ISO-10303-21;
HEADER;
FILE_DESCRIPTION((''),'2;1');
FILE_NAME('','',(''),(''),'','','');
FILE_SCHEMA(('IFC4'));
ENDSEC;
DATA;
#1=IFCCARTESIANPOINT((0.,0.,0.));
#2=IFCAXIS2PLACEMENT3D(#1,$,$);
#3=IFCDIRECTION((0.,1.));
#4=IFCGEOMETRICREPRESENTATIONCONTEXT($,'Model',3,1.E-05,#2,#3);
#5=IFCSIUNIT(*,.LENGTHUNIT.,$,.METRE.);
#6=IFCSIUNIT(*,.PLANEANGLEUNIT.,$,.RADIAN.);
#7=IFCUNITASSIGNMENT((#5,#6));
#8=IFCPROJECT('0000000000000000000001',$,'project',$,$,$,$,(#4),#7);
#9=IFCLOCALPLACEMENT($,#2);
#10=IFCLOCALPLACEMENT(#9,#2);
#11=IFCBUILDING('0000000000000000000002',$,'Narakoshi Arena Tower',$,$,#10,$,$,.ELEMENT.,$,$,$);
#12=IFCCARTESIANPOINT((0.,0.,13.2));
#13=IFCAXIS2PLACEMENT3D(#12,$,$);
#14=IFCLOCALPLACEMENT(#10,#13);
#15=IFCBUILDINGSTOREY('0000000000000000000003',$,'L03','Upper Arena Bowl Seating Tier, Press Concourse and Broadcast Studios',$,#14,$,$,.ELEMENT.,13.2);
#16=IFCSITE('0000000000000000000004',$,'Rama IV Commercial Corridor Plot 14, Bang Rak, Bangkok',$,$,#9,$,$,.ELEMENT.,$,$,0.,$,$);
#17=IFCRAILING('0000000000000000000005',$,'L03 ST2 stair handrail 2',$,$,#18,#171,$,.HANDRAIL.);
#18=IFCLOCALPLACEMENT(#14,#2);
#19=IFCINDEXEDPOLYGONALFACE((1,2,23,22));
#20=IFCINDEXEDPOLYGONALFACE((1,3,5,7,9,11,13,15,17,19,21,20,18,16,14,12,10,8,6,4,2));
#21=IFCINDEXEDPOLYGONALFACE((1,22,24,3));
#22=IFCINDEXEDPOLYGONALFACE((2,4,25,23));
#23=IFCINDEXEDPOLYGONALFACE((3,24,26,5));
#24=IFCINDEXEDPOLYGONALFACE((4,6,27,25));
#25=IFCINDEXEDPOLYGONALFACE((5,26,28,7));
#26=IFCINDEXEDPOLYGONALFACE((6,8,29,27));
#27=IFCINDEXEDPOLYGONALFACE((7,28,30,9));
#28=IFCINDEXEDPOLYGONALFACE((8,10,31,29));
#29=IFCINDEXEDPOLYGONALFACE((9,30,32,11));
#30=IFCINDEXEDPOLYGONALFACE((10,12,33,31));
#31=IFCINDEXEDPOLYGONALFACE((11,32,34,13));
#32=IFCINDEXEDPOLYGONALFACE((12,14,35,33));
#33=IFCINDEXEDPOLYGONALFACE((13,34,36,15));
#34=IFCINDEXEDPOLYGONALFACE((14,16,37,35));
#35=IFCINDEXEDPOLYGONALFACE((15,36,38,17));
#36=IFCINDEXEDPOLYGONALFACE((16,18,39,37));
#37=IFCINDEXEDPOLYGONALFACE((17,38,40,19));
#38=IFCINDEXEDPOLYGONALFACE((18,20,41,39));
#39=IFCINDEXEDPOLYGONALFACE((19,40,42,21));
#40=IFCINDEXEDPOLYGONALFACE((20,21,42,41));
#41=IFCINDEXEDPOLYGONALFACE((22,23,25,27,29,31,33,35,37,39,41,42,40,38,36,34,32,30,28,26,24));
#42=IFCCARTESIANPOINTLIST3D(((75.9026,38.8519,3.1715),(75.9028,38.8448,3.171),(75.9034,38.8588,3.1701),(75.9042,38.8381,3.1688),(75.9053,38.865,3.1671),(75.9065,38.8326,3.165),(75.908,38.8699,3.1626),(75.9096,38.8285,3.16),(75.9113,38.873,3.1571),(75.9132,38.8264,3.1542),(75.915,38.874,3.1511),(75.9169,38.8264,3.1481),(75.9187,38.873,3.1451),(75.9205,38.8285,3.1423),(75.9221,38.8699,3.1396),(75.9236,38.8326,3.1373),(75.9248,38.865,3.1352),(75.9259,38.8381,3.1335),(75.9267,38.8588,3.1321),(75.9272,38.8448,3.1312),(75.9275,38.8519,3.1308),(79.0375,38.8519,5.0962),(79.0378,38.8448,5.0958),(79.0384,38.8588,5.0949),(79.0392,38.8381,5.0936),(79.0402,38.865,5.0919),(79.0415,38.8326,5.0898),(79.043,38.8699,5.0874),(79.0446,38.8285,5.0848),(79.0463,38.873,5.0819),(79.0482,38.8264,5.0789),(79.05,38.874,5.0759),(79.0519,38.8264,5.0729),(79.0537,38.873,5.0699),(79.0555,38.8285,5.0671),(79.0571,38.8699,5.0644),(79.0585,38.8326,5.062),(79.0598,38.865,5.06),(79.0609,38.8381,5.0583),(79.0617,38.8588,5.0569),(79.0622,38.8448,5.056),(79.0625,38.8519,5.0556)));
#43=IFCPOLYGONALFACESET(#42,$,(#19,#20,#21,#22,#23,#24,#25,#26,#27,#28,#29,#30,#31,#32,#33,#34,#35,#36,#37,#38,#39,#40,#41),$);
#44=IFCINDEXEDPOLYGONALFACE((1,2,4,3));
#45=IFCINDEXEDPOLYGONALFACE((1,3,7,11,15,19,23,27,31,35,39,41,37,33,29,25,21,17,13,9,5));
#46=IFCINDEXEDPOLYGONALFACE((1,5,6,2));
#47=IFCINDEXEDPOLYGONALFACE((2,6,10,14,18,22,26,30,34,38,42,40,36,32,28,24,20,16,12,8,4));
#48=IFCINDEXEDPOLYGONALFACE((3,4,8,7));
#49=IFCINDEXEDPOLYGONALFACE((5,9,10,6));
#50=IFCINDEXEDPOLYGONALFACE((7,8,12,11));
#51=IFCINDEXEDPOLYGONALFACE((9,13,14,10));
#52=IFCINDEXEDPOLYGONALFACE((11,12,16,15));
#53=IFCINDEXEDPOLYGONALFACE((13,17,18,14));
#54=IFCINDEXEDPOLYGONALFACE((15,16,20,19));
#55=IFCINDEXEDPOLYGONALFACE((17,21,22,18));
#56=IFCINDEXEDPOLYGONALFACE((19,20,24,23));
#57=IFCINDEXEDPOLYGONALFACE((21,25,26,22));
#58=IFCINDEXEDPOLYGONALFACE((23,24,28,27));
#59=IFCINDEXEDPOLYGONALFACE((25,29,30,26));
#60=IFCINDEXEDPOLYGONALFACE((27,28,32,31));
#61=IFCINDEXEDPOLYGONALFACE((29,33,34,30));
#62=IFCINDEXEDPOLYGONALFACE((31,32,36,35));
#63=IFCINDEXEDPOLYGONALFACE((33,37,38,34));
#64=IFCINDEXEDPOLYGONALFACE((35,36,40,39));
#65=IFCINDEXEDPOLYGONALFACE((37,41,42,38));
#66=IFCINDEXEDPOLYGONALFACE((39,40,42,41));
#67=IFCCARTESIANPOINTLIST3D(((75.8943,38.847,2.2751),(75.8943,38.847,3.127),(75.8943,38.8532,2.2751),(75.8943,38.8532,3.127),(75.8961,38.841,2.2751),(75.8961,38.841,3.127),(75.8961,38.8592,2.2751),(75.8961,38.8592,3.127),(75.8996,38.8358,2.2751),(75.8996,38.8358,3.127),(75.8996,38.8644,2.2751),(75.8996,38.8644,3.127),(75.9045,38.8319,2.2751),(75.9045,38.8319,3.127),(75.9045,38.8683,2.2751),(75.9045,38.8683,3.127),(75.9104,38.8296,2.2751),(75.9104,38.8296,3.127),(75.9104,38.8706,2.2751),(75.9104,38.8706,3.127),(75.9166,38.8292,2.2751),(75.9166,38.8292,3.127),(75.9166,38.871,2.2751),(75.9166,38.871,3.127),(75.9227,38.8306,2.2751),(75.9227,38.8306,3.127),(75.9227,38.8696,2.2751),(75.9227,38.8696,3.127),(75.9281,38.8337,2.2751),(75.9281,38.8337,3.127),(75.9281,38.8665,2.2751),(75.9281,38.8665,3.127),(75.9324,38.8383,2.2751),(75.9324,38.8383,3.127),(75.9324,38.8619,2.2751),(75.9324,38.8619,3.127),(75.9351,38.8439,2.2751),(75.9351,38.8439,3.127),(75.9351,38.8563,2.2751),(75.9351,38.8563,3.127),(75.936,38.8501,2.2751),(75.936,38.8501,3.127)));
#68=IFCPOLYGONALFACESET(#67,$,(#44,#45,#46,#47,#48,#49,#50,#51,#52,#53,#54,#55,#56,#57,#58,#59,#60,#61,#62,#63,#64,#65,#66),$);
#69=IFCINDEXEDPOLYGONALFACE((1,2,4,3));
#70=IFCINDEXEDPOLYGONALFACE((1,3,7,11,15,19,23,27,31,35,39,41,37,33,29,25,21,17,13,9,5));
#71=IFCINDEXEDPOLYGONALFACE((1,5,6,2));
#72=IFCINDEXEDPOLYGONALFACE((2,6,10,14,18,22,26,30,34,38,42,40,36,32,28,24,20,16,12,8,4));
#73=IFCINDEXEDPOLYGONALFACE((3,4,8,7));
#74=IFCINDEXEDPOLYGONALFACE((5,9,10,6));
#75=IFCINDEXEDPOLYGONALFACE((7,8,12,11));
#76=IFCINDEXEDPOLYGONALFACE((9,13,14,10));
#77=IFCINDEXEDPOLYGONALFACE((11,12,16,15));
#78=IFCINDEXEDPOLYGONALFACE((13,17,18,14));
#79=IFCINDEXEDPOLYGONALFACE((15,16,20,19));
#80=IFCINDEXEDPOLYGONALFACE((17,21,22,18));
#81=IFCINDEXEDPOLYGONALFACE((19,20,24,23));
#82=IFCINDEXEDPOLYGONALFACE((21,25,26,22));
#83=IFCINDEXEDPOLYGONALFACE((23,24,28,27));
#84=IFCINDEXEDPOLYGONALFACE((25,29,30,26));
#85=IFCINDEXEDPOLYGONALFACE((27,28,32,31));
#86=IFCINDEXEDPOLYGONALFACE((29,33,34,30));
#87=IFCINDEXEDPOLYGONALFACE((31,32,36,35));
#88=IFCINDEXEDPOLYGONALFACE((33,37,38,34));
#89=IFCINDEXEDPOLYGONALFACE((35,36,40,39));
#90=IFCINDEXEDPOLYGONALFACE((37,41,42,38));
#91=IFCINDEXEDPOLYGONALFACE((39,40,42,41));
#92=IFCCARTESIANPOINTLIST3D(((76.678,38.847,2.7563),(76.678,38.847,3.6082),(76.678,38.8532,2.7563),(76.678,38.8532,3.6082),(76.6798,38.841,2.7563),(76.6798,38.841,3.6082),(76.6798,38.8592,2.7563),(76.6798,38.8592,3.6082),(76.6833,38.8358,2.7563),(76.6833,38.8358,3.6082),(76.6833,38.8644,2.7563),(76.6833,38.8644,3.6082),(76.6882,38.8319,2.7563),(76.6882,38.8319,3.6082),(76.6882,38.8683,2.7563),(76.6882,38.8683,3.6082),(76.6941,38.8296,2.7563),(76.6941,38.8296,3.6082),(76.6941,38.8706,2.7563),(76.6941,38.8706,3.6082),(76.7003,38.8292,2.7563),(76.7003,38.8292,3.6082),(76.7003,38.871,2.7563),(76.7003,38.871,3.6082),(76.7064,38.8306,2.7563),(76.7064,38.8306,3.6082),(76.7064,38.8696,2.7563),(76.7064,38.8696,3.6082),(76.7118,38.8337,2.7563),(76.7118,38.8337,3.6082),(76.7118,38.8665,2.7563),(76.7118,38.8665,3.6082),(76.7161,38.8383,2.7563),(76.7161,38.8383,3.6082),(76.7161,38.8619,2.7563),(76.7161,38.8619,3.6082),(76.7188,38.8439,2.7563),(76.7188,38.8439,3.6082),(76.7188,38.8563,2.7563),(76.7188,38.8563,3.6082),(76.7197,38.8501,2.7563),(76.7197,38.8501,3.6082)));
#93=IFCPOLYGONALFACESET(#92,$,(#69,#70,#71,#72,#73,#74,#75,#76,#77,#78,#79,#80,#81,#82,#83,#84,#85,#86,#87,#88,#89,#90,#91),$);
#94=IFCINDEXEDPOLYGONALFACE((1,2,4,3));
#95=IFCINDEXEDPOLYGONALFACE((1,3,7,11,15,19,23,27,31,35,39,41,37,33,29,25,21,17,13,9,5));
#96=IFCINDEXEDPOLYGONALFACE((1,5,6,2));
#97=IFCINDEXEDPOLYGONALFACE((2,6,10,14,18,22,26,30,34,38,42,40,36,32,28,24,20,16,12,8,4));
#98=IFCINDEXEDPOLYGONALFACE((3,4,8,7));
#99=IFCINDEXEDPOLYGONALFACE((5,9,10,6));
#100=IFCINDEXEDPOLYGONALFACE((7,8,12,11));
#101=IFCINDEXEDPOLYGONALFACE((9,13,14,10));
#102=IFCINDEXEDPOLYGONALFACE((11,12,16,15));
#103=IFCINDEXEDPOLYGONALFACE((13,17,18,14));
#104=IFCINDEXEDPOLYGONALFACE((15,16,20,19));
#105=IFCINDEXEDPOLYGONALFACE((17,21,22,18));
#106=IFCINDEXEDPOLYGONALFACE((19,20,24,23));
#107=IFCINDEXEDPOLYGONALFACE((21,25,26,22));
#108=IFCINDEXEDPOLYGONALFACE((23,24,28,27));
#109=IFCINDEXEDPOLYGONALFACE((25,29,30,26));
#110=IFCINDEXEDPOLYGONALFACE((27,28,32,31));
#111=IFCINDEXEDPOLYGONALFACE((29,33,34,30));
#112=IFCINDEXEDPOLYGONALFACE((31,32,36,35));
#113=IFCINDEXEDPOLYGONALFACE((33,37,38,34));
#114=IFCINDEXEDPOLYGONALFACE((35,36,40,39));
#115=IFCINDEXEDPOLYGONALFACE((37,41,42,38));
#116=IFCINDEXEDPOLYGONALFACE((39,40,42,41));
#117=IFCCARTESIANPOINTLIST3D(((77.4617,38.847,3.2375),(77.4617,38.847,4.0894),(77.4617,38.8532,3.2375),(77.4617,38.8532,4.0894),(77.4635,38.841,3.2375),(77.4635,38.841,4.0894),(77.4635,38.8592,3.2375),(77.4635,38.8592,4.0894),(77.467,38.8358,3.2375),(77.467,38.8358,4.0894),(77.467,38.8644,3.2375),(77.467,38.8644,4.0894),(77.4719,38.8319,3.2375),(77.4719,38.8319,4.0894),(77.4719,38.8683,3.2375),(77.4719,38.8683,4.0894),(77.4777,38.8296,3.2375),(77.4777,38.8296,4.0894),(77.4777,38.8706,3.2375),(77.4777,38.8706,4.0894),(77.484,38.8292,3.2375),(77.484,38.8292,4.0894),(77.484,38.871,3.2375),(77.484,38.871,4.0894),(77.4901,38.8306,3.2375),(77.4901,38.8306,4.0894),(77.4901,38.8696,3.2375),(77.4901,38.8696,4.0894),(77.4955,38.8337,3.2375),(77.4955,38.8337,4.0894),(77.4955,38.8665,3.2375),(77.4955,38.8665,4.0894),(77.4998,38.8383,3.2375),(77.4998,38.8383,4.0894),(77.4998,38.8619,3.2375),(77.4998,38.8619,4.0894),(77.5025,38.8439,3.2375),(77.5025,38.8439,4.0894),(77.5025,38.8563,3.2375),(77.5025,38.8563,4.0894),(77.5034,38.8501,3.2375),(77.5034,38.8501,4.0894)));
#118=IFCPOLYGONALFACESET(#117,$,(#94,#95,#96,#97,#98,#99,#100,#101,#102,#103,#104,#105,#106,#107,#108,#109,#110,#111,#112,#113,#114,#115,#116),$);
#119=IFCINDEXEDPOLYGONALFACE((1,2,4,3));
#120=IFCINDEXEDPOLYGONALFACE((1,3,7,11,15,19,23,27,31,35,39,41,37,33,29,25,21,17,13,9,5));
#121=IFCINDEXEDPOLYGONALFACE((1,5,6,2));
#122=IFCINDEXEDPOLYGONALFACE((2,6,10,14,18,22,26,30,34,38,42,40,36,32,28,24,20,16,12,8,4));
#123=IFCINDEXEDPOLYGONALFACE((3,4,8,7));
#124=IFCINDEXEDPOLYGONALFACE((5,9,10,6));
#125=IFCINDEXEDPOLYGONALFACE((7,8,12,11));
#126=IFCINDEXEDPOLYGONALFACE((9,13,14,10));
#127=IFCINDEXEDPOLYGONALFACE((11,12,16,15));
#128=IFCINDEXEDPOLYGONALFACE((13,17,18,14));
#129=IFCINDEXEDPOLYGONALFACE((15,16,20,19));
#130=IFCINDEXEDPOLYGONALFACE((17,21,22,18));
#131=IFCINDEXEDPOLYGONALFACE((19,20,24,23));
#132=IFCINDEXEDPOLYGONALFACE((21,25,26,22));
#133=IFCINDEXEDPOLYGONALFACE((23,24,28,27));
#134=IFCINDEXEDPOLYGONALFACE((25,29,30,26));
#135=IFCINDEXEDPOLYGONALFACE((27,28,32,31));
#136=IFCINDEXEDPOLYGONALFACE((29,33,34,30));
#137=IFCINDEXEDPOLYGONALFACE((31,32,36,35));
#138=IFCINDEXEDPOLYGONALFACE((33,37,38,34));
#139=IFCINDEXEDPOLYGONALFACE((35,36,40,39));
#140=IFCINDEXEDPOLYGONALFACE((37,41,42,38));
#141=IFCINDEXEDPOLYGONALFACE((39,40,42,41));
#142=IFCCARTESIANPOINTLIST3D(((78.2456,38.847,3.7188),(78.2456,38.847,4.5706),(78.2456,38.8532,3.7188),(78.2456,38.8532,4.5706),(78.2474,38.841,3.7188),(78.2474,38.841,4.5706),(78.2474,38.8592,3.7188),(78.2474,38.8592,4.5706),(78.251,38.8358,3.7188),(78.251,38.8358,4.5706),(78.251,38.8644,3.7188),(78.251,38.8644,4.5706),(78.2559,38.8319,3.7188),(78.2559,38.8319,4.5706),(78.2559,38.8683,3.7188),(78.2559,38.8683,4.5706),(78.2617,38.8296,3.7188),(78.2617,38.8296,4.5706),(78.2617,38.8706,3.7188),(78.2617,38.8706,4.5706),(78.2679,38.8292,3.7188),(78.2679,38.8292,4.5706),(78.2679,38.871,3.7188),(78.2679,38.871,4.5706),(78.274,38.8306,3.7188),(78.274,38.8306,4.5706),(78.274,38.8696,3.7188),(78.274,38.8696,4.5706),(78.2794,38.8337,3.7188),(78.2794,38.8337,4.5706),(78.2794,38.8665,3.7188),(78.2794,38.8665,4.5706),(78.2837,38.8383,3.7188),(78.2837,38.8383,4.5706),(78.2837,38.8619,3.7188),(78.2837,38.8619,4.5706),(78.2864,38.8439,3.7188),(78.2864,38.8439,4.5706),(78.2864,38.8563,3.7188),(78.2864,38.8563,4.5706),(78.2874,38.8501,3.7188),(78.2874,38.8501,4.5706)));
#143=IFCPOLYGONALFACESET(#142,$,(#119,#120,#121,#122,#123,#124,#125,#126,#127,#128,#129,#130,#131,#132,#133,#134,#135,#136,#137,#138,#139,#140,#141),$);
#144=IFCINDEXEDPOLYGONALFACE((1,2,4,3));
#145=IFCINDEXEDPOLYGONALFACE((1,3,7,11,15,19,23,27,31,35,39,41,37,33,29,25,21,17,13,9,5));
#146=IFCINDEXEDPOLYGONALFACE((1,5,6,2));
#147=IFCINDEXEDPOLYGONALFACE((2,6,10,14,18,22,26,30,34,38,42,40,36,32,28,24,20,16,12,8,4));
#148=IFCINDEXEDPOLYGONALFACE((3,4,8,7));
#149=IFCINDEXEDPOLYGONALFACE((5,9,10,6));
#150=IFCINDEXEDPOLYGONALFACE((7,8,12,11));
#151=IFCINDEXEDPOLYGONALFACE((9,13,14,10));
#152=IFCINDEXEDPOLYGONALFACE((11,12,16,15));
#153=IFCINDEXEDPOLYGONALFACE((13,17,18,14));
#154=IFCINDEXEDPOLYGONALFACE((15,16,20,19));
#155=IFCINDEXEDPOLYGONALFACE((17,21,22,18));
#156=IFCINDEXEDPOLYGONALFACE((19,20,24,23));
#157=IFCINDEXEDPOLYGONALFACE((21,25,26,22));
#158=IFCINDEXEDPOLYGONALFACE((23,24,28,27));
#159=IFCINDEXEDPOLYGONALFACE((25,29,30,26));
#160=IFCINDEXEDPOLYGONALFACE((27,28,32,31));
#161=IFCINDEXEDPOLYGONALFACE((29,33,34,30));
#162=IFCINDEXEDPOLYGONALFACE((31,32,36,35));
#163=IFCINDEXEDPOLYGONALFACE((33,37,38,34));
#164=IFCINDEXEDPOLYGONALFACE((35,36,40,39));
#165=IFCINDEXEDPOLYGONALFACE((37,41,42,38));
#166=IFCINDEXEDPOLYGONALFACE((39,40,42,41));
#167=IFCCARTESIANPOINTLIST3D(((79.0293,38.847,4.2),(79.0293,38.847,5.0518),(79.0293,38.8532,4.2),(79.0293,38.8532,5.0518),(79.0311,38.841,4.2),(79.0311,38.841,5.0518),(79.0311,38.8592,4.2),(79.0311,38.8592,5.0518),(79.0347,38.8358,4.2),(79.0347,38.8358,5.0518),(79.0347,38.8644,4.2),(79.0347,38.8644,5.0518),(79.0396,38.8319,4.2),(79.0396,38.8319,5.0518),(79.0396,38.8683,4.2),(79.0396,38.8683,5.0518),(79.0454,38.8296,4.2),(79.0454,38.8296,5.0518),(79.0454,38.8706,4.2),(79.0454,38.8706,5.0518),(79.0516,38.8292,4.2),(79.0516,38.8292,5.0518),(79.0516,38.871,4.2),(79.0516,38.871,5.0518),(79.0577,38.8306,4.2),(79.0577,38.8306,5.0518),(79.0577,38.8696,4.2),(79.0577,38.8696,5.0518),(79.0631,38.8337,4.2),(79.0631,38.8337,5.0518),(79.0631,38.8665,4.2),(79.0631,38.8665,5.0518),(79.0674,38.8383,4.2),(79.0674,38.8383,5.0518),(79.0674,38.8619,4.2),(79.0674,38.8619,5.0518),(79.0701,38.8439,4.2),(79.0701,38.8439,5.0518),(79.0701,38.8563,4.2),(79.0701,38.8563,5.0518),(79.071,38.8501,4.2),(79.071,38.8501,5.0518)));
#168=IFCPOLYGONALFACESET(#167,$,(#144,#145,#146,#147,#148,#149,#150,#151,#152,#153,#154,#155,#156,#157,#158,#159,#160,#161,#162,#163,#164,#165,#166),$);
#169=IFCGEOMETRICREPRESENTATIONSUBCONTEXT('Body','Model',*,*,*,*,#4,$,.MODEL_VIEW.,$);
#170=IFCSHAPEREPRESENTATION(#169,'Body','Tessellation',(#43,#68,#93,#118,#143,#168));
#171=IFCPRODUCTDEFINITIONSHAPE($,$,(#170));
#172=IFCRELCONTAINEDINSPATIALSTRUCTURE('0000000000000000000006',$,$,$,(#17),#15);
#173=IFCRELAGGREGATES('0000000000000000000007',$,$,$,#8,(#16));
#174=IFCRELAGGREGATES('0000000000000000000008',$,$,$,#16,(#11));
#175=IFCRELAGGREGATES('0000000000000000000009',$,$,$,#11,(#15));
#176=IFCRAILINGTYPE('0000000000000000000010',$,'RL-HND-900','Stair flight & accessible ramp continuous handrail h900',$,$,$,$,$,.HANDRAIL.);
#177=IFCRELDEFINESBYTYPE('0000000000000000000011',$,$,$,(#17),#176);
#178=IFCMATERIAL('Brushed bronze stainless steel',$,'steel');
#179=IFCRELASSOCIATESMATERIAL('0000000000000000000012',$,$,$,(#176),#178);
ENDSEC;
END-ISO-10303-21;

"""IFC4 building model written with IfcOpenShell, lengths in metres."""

from ifc_helpers import new_model, si_unit, direction, frame, origin, origin_2d, place, context, subcontext, project, spatial, circle, extrude, material, type_object, element, save


model = new_model("IFC4")

# Units and contexts
model_context = context("Model", 3, precision=1e-05, world=origin(), true_north=direction((0.0, 1.0)))
body_context = subcontext(model_context, "Body", "Model", "MODEL_VIEW")
ifc_project = project(units=[si_unit("LENGTHUNIT", "METRE"), si_unit("PLANEANGLEUNIT", "RADIAN")], contexts=[model_context])

# Site, building, storey
site_placement = place(None, origin())
site = spatial("IfcSite", under=ifc_project, at=site_placement, Name="Rama IV Commercial Corridor Plot 14, Bang Rak, Bangkok", CompositionType="ELEMENT", RefElevation=0.0)
building_placement = place(site_placement, origin())
building = spatial("IfcBuilding", under=site, at=building_placement, Name="Narakoshi Arena Tower", CompositionType="ELEMENT")
storey_placement = place(building_placement, frame((0.0, 0.0, 13.2)))
storey = spatial("IfcBuildingStorey", under=building, at=storey_placement, Name="L03", Description="Upper Arena Bowl Seating Tier, Press Concourse and Broadcast Studios", CompositionType="ELEMENT", Elevation=13.2)

# Railing
ifc_material_1 = material(Name="Brushed bronze stainless steel", Category="steel")
railing_type_1 = type_object("IfcRailingType", Name="RL-HND-900", Description="Stair flight & accessible ramp continuous handrail h900", PredefinedType="HANDRAIL", material=ifc_material_1)
railing_1_placement = place(storey_placement, frame((75.915, 38.8501, 2.2751)))
element("IfcRailing", 1, at=railing_1_placement, inside=storey, type_object=railing_type_1, Name="L03 ST2 stair handrail 2", PredefinedType="HANDRAIL", context=body_context, shape_type="SweptSolid", body=[
    extrude(circle(Radius=0.0239, at=origin_2d()), frame((0.0, 0.0, 0.876), z_axis=(0.852196, 0.0, 0.523223), x_axis=(0.0, 1.0, 0.0)), (0.0, 0.0, 1.0), 3.6787),
    extrude(circle(Radius=0.021, at=origin_2d()), origin(), (0.0, 0.0, 1.0), 0.8518),
    extrude(circle(Radius=0.021, at=origin_2d()), frame((0.7837, 0.0, 0.4812)), (0.0, 0.0, 1.0), 0.8518),
    extrude(circle(Radius=0.021, at=origin_2d()), frame((1.5674, 0.0, 0.9624)), (0.0, 0.0, 1.0), 0.8518),
    extrude(circle(Radius=0.021, at=origin_2d()), frame((2.3513, 0.0, 1.4436)), (0.0, 0.0, 1.0), 0.8518),
    extrude(circle(Radius=0.021, at=origin_2d()), frame((3.135, 0.0, 1.9248)), (0.0, 0.0, 1.0), 0.8518),
])

save(model, "model.ifc")
